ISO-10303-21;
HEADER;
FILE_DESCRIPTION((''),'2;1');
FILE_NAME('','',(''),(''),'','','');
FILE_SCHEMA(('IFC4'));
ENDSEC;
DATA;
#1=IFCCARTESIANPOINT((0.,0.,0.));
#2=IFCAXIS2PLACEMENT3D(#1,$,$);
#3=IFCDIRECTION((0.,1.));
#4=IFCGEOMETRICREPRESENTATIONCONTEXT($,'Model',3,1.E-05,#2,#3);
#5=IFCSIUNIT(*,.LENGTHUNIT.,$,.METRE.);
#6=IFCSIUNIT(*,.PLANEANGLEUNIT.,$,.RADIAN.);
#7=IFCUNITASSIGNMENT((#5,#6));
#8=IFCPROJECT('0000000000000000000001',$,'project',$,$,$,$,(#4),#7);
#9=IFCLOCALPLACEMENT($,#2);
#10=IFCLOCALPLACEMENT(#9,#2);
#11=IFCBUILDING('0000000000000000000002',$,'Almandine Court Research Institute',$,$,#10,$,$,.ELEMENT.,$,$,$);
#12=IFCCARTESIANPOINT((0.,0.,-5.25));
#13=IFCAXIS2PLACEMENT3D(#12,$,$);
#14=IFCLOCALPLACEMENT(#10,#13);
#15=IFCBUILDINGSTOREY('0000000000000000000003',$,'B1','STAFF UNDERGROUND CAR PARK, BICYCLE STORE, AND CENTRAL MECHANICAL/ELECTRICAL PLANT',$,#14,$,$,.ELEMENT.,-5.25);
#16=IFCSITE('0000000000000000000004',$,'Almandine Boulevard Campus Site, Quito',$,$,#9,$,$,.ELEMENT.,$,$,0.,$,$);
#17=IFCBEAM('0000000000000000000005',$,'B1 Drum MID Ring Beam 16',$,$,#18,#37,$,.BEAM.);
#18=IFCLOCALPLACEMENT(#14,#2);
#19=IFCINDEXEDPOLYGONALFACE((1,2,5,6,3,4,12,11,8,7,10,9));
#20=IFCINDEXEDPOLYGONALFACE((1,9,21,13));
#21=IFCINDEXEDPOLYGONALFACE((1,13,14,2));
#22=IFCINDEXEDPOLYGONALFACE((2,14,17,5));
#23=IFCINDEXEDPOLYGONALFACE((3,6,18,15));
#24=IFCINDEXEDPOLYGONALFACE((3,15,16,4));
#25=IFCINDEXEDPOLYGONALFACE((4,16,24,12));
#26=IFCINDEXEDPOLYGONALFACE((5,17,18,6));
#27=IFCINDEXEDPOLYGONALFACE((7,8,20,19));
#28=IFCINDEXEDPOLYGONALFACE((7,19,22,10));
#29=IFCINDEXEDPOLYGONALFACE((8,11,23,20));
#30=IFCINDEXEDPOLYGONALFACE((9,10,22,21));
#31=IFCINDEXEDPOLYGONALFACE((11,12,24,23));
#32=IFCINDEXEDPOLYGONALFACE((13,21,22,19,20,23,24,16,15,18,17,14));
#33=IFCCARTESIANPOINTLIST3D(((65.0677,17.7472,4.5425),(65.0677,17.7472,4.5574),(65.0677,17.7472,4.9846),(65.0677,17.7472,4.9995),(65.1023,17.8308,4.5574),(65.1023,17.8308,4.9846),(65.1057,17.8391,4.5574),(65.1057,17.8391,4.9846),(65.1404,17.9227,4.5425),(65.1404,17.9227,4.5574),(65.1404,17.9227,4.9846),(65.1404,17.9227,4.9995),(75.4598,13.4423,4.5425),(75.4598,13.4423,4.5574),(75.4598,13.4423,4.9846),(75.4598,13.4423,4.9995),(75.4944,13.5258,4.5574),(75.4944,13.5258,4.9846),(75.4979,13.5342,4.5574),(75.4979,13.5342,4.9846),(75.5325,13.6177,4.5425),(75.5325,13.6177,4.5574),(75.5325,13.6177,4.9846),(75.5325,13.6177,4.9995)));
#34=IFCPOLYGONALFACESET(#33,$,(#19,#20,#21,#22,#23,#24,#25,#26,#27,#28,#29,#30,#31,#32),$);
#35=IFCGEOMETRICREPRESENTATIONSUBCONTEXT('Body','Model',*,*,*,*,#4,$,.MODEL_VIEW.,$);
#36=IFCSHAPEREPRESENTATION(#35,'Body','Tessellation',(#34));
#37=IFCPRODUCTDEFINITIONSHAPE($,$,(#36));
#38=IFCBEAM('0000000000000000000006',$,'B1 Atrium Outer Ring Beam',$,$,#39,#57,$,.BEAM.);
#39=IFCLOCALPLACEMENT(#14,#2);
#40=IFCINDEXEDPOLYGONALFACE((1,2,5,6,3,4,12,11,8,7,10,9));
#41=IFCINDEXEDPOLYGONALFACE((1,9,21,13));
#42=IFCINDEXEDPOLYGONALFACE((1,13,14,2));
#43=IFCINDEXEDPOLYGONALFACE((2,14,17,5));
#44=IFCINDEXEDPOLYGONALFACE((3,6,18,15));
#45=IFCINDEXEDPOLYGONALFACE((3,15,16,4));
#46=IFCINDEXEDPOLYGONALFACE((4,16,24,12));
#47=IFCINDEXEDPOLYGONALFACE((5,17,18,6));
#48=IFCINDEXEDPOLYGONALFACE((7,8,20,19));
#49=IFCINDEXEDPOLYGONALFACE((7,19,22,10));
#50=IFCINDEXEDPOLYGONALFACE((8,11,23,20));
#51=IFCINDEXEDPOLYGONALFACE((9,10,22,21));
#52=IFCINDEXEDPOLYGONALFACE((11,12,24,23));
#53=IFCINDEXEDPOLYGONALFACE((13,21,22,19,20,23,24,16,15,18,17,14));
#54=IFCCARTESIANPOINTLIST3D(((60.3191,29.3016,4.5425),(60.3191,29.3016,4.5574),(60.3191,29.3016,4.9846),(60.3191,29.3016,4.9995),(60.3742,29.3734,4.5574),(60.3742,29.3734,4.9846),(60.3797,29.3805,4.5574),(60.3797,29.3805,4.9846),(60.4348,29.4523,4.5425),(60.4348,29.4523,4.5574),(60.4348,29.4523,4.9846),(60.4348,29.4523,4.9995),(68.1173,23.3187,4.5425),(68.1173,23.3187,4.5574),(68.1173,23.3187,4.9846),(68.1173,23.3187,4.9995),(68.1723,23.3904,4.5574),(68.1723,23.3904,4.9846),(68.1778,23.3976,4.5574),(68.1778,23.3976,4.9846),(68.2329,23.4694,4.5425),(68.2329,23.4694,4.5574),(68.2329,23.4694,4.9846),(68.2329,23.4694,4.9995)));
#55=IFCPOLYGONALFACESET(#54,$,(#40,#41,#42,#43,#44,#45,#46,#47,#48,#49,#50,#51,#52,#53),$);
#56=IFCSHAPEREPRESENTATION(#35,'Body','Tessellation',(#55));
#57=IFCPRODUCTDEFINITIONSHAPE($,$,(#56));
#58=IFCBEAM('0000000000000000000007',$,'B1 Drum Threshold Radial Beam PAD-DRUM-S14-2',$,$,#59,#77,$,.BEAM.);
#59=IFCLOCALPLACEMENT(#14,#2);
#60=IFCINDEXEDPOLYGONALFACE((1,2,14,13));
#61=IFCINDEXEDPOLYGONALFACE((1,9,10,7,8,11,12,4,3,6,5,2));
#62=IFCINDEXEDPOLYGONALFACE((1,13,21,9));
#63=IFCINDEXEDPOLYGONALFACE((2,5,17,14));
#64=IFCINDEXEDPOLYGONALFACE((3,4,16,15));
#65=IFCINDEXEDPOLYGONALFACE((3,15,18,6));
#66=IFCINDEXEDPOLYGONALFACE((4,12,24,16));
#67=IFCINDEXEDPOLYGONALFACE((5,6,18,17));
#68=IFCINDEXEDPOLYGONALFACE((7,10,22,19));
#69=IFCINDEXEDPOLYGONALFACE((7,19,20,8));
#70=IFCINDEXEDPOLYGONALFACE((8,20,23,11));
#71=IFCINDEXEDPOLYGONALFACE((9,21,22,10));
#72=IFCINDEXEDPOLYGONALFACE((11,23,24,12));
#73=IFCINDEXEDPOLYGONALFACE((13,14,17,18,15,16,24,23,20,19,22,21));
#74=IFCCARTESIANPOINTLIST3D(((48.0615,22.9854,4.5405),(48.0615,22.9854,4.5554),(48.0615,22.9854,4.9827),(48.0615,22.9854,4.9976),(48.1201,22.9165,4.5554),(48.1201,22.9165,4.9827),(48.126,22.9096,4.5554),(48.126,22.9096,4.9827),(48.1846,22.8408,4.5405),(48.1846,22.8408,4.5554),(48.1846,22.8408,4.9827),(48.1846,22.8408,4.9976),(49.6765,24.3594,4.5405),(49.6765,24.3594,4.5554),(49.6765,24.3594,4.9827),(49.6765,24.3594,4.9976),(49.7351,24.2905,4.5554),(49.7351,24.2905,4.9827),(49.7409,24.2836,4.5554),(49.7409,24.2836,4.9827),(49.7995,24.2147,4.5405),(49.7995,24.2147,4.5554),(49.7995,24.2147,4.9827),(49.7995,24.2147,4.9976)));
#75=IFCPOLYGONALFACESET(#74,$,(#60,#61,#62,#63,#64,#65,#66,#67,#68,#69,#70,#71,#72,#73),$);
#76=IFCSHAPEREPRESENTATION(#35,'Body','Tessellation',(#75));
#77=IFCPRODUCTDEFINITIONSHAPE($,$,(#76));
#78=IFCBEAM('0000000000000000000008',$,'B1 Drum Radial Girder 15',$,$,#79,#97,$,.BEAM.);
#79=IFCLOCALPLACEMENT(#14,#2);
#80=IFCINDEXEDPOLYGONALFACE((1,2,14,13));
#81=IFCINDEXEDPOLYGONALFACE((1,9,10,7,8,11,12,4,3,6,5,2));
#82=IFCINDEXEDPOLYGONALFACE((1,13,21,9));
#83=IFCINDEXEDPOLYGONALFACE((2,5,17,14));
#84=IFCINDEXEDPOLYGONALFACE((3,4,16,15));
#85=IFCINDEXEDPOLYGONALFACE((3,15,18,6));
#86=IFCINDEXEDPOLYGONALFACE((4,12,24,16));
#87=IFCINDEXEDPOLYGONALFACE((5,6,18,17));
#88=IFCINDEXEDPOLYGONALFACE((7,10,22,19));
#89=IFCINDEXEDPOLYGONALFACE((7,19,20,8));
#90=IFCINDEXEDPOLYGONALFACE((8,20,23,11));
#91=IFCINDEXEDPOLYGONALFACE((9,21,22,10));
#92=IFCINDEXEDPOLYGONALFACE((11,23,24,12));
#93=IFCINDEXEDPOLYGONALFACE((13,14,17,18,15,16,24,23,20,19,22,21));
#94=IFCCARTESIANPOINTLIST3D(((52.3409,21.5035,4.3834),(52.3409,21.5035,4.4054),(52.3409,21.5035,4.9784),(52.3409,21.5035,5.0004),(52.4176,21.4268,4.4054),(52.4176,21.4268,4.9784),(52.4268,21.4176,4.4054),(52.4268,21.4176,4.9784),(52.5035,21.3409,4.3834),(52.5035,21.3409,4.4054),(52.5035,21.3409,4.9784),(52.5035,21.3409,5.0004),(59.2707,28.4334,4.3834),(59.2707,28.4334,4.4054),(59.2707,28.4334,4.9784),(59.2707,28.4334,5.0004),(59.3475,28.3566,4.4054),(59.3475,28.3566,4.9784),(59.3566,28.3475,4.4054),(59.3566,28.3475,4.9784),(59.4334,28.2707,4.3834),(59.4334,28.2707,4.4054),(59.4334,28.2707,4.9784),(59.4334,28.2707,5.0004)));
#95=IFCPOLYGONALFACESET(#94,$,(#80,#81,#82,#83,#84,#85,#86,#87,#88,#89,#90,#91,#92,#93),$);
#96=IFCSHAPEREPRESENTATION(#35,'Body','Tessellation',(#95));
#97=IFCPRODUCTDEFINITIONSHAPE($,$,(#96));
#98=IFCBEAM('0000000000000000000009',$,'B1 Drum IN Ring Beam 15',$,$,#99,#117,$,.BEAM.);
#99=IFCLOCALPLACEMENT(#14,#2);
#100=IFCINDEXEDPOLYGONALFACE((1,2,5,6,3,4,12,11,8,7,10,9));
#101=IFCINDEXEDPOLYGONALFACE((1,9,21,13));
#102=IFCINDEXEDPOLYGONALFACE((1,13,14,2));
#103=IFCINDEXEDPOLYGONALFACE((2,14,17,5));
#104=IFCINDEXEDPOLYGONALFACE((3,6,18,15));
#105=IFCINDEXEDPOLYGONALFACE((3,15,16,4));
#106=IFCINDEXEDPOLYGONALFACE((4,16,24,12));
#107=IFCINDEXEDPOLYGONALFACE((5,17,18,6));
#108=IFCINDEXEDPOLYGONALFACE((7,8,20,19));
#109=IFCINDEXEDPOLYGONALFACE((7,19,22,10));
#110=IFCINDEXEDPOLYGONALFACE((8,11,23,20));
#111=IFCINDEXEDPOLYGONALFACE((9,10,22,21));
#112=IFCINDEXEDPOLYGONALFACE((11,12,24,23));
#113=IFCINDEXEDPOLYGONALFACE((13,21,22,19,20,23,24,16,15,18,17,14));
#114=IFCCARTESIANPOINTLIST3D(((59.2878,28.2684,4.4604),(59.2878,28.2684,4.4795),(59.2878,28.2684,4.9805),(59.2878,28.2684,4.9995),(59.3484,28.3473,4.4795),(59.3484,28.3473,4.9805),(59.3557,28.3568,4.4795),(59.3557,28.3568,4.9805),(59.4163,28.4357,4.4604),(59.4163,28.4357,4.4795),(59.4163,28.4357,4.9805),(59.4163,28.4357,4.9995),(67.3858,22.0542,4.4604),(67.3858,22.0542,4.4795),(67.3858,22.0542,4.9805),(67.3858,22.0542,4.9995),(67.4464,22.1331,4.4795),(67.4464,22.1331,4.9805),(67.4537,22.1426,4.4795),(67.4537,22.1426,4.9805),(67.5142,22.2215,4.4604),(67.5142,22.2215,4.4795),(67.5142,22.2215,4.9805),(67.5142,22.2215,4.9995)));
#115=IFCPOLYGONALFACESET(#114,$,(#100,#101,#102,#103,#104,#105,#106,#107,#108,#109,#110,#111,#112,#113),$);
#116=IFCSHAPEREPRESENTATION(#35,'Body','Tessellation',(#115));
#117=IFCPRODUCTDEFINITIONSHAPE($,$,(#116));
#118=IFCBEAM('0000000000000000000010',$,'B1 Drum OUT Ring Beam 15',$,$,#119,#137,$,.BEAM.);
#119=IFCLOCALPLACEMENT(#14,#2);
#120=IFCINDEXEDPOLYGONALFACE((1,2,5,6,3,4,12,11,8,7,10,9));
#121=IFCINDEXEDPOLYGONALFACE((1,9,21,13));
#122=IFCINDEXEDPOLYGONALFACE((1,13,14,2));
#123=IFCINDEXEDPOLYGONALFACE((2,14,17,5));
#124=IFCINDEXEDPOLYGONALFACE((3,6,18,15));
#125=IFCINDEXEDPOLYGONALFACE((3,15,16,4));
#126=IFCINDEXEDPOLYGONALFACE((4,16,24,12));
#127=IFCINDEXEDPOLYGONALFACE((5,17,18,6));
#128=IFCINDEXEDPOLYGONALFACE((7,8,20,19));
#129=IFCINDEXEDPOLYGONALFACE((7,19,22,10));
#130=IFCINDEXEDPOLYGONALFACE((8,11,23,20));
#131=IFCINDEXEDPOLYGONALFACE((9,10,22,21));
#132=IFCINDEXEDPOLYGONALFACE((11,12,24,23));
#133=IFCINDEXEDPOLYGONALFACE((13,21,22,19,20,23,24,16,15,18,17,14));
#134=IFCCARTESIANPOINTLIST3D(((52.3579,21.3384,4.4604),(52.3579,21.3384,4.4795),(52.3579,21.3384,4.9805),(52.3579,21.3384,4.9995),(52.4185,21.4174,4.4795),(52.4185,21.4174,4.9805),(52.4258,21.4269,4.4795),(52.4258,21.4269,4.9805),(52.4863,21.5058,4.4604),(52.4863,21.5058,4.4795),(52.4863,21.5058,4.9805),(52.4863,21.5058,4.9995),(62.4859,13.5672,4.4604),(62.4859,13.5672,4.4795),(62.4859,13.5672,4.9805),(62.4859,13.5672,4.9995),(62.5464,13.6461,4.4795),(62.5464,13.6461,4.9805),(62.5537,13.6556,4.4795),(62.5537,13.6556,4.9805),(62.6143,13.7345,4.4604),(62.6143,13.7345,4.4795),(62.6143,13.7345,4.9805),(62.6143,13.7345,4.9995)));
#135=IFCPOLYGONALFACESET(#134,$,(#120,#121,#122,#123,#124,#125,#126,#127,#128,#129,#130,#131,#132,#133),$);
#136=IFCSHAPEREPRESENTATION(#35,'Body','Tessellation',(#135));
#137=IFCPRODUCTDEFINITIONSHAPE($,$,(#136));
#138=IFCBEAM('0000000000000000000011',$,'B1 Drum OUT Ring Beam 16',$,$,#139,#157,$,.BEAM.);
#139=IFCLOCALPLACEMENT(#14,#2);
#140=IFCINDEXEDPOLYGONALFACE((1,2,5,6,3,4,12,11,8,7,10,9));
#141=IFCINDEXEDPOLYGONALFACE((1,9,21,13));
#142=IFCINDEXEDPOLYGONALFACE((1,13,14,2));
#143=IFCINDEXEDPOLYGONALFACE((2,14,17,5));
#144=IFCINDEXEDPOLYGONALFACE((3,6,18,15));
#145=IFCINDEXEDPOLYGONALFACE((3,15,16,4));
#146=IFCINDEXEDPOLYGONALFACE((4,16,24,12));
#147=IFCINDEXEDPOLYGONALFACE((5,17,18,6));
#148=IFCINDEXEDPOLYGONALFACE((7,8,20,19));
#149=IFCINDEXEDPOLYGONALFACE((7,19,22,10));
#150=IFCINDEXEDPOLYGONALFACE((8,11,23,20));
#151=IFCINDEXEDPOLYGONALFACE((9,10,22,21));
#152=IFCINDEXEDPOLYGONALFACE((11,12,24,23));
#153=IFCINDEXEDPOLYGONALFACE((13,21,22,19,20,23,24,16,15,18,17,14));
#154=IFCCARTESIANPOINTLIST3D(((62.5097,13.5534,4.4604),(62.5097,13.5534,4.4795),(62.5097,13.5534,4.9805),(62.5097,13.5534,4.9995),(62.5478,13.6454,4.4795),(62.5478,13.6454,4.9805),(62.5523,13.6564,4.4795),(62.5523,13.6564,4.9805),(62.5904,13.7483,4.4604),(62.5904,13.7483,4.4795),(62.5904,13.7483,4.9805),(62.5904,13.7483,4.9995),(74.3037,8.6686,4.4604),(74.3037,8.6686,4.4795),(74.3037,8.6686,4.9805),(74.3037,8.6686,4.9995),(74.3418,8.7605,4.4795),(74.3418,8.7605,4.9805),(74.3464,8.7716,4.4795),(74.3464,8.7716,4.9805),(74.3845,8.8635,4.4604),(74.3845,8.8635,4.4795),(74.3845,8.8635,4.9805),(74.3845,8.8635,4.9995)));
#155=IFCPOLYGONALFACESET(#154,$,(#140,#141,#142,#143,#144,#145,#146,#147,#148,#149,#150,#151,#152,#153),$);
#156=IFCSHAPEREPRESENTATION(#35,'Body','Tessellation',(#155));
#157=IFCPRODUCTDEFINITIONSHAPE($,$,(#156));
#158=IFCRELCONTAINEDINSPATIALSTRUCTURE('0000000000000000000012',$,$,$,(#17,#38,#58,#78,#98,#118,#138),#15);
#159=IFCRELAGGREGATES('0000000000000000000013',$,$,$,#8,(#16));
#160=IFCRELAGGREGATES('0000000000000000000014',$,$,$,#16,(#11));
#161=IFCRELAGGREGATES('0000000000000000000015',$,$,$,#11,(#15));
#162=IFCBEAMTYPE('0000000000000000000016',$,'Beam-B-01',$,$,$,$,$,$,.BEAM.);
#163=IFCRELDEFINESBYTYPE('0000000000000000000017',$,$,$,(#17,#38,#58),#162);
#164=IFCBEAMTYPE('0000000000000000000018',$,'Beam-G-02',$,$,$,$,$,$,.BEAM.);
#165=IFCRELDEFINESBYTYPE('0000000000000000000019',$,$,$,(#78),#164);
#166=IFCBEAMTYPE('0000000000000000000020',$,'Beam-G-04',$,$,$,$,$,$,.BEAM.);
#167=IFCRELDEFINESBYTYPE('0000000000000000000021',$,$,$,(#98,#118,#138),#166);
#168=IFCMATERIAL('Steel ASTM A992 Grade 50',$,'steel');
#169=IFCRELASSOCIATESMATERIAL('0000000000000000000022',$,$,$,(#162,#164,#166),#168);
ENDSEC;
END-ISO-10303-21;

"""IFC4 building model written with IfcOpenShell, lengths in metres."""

from ifc_helpers import new_model, si_unit, direction, frame, origin, origin_2d, place, context, subcontext, project, spatial, i_section, extrude, material, material_profile, profile_set, type_object, element, save


model = new_model("IFC4")

# Units and contexts
model_context = context("Model", 3, precision=1e-05, world=origin(), true_north=direction((0.0, 1.0)))
body_context = subcontext(model_context, "Body", "Model", "MODEL_VIEW")
ifc_project = project(units=[si_unit("LENGTHUNIT", "METRE"), si_unit("PLANEANGLEUNIT", "RADIAN")], contexts=[model_context])

# Site, building, storey
site_placement = place(None, origin())
site = spatial("IfcSite", under=ifc_project, at=site_placement, Name="Almandine Boulevard Campus Site, Quito", CompositionType="ELEMENT", RefElevation=0.0)
building_placement = place(site_placement, origin())
building = spatial("IfcBuilding", under=site, at=building_placement, Name="Almandine Court Research Institute", CompositionType="ELEMENT")
storey_placement = place(building_placement, frame((0.0, 0.0, -5.25)))
storey = spatial("IfcBuildingStorey", under=building, at=storey_placement, Name="B1", Description="STAFF UNDERGROUND CAR PARK, BICYCLE STORE, AND CENTRAL MECHANICAL/ELECTRICAL PLANT", CompositionType="ELEMENT", Elevation=-5.25)

# Shared definitions
ifc_material_1 = material(Name="Steel ASTM A992 Grade 50", Category="steel")

# Beams
ifc_material_profile_1 = material_profile(ifc_material_1, i_section(OverallWidth=0.1899, OverallDepth=0.457, WebThickness=0.009, FlangeThickness=0.0149, at=origin_2d()), Name="W460x74")
ifc_profile_set_1 = profile_set([ifc_material_profile_1], Name="Steel ASTM A992 Grade 50")
beam_type_1 = type_object("IfcBeamType", Name="Beam-B-01", PredefinedType="BEAM", material=ifc_profile_set_1)
beam_1_placement = place(storey_placement, frame((65.104, 17.835, 4.771), z_axis=(0.923867, -0.382713, 0.0), x_axis=(0.382713, 0.923867, 0.0)))
element("IfcBeam", 1, at=beam_1_placement, inside=storey, type_object=beam_type_1, Name="B1 Drum MID Ring Beam 16", PredefinedType="BEAM", context=body_context, shape_type="SweptSolid", body=[
    extrude(i_section(OverallWidth=0.1899, OverallDepth=0.457, WebThickness=0.009, FlangeThickness=0.0149, at=origin_2d()), origin(), (0.0, 0.0, 1.0), 11.2485),
])
beam_2_placement = place(storey_placement, frame((60.377, 29.377, 4.771), z_axis=(0.793392, -0.608712, 0.0), x_axis=(0.608712, 0.793392, 0.0)))
element("IfcBeam", 2, at=beam_2_placement, inside=storey, type_object=beam_type_1, Name="B1 Atrium Outer Ring Beam", PredefinedType="BEAM", context=body_context, shape_type="SweptSolid", body=[
    extrude(i_section(OverallWidth=0.1899, OverallDepth=0.457, WebThickness=0.009, FlangeThickness=0.0149, at=origin_2d()), origin(), (0.0, 0.0, 1.0), 9.8289),
])
beam_3_placement = place(storey_placement, frame((48.123, 22.9131, 4.769), z_axis=(0.761641, 0.647999, 0.0), x_axis=(-0.647999, 0.761641, 0.0)))
element("IfcBeam", 3, at=beam_3_placement, inside=storey, type_object=beam_type_1, Name="B1 Drum Threshold Radial Beam PAD-DRUM-S14-2", PredefinedType="BEAM", context=body_context, shape_type="SweptSolid", body=[
    extrude(i_section(OverallWidth=0.1899, OverallDepth=0.457, WebThickness=0.009, FlangeThickness=0.0149, at=origin_2d()), origin(), (0.0, 0.0, 1.0), 2.1204),
])
ifc_material_profile_2 = material_profile(ifc_material_1, i_section(OverallWidth=0.23, OverallDepth=0.6169, WebThickness=0.0129, FlangeThickness=0.022, at=origin_2d()), Name="W610x140")
ifc_profile_set_2 = profile_set([ifc_material_profile_2], Name="Steel ASTM A992 Grade 50")
beam_type_2 = type_object("IfcBeamType", Name="Beam-G-02", PredefinedType="BEAM", material=ifc_profile_set_2)
beam_4_placement = place(storey_placement, frame((59.3521, 28.3521, 4.6919), z_axis=(-0.707107, -0.707107, 0.0), x_axis=(0.707107, -0.707107, 0.0)))
element("IfcBeam", 4, at=beam_4_placement, inside=storey, type_object=beam_type_2, Name="B1 Drum Radial Girder 15", PredefinedType="BEAM", context=body_context, shape_type="SweptSolid", body=[
    extrude(i_section(OverallWidth=0.23, OverallDepth=0.6169, WebThickness=0.0129, FlangeThickness=0.022, at=origin_2d()), origin(), (0.0, 0.0, 1.0), 9.8003),
])
ifc_material_profile_3 = material_profile(ifc_material_1, i_section(OverallWidth=0.2109, OverallDepth=0.5391, WebThickness=0.012, FlangeThickness=0.019, at=origin_2d()), Name="W530x109")
ifc_profile_set_3 = profile_set([ifc_material_profile_3], Name="Steel ASTM A992 Grade 50")
beam_type_3 = type_object("IfcBeamType", Name="Beam-G-04", PredefinedType="BEAM", material=ifc_profile_set_3)
beam_5_placement = place(storey_placement, frame((59.3521, 28.3521, 4.73), z_axis=(0.793336, -0.608784, 0.0), x_axis=(0.608784, 0.793336, 0.0)))
element("IfcBeam", 5, at=beam_5_placement, inside=storey, type_object=beam_type_3, Name="B1 Drum IN Ring Beam 15", PredefinedType="BEAM", context=body_context, shape_type="SweptSolid", body=[
    extrude(i_section(OverallWidth=0.2109, OverallDepth=0.5391, WebThickness=0.012, FlangeThickness=0.019, at=origin_2d()), origin(), (0.0, 0.0, 1.0), 10.2075),
])
beam_6_placement = place(storey_placement, frame((52.4221, 21.4221, 4.73), z_axis=(0.793361, -0.608752, 0.0), x_axis=(0.608752, 0.793361, 0.0)))
element("IfcBeam", 6, at=beam_6_placement, inside=storey, type_object=beam_type_3, Name="B1 Drum OUT Ring Beam 15", PredefinedType="BEAM", context=body_context, shape_type="SweptSolid", body=[
    extrude(i_section(OverallWidth=0.2109, OverallDepth=0.5391, WebThickness=0.012, FlangeThickness=0.019, at=origin_2d()), origin(), (0.0, 0.0, 1.0), 12.7659),
])
beam_7_placement = place(storey_placement, frame((62.55, 13.6509, 4.73), z_axis=(0.923892, -0.382654, 0.0), x_axis=(0.382654, 0.923892, 0.0)))
element("IfcBeam", 7, at=beam_7_placement, inside=storey, type_object=beam_type_3, Name="B1 Drum OUT Ring Beam 16", PredefinedType="BEAM", context=body_context, shape_type="SweptSolid", body=[
    extrude(i_section(OverallWidth=0.2109, OverallDepth=0.5391, WebThickness=0.012, FlangeThickness=0.019, at=origin_2d()), origin(), (0.0, 0.0, 1.0), 12.7656),
])

save(model, "model.ifc")
